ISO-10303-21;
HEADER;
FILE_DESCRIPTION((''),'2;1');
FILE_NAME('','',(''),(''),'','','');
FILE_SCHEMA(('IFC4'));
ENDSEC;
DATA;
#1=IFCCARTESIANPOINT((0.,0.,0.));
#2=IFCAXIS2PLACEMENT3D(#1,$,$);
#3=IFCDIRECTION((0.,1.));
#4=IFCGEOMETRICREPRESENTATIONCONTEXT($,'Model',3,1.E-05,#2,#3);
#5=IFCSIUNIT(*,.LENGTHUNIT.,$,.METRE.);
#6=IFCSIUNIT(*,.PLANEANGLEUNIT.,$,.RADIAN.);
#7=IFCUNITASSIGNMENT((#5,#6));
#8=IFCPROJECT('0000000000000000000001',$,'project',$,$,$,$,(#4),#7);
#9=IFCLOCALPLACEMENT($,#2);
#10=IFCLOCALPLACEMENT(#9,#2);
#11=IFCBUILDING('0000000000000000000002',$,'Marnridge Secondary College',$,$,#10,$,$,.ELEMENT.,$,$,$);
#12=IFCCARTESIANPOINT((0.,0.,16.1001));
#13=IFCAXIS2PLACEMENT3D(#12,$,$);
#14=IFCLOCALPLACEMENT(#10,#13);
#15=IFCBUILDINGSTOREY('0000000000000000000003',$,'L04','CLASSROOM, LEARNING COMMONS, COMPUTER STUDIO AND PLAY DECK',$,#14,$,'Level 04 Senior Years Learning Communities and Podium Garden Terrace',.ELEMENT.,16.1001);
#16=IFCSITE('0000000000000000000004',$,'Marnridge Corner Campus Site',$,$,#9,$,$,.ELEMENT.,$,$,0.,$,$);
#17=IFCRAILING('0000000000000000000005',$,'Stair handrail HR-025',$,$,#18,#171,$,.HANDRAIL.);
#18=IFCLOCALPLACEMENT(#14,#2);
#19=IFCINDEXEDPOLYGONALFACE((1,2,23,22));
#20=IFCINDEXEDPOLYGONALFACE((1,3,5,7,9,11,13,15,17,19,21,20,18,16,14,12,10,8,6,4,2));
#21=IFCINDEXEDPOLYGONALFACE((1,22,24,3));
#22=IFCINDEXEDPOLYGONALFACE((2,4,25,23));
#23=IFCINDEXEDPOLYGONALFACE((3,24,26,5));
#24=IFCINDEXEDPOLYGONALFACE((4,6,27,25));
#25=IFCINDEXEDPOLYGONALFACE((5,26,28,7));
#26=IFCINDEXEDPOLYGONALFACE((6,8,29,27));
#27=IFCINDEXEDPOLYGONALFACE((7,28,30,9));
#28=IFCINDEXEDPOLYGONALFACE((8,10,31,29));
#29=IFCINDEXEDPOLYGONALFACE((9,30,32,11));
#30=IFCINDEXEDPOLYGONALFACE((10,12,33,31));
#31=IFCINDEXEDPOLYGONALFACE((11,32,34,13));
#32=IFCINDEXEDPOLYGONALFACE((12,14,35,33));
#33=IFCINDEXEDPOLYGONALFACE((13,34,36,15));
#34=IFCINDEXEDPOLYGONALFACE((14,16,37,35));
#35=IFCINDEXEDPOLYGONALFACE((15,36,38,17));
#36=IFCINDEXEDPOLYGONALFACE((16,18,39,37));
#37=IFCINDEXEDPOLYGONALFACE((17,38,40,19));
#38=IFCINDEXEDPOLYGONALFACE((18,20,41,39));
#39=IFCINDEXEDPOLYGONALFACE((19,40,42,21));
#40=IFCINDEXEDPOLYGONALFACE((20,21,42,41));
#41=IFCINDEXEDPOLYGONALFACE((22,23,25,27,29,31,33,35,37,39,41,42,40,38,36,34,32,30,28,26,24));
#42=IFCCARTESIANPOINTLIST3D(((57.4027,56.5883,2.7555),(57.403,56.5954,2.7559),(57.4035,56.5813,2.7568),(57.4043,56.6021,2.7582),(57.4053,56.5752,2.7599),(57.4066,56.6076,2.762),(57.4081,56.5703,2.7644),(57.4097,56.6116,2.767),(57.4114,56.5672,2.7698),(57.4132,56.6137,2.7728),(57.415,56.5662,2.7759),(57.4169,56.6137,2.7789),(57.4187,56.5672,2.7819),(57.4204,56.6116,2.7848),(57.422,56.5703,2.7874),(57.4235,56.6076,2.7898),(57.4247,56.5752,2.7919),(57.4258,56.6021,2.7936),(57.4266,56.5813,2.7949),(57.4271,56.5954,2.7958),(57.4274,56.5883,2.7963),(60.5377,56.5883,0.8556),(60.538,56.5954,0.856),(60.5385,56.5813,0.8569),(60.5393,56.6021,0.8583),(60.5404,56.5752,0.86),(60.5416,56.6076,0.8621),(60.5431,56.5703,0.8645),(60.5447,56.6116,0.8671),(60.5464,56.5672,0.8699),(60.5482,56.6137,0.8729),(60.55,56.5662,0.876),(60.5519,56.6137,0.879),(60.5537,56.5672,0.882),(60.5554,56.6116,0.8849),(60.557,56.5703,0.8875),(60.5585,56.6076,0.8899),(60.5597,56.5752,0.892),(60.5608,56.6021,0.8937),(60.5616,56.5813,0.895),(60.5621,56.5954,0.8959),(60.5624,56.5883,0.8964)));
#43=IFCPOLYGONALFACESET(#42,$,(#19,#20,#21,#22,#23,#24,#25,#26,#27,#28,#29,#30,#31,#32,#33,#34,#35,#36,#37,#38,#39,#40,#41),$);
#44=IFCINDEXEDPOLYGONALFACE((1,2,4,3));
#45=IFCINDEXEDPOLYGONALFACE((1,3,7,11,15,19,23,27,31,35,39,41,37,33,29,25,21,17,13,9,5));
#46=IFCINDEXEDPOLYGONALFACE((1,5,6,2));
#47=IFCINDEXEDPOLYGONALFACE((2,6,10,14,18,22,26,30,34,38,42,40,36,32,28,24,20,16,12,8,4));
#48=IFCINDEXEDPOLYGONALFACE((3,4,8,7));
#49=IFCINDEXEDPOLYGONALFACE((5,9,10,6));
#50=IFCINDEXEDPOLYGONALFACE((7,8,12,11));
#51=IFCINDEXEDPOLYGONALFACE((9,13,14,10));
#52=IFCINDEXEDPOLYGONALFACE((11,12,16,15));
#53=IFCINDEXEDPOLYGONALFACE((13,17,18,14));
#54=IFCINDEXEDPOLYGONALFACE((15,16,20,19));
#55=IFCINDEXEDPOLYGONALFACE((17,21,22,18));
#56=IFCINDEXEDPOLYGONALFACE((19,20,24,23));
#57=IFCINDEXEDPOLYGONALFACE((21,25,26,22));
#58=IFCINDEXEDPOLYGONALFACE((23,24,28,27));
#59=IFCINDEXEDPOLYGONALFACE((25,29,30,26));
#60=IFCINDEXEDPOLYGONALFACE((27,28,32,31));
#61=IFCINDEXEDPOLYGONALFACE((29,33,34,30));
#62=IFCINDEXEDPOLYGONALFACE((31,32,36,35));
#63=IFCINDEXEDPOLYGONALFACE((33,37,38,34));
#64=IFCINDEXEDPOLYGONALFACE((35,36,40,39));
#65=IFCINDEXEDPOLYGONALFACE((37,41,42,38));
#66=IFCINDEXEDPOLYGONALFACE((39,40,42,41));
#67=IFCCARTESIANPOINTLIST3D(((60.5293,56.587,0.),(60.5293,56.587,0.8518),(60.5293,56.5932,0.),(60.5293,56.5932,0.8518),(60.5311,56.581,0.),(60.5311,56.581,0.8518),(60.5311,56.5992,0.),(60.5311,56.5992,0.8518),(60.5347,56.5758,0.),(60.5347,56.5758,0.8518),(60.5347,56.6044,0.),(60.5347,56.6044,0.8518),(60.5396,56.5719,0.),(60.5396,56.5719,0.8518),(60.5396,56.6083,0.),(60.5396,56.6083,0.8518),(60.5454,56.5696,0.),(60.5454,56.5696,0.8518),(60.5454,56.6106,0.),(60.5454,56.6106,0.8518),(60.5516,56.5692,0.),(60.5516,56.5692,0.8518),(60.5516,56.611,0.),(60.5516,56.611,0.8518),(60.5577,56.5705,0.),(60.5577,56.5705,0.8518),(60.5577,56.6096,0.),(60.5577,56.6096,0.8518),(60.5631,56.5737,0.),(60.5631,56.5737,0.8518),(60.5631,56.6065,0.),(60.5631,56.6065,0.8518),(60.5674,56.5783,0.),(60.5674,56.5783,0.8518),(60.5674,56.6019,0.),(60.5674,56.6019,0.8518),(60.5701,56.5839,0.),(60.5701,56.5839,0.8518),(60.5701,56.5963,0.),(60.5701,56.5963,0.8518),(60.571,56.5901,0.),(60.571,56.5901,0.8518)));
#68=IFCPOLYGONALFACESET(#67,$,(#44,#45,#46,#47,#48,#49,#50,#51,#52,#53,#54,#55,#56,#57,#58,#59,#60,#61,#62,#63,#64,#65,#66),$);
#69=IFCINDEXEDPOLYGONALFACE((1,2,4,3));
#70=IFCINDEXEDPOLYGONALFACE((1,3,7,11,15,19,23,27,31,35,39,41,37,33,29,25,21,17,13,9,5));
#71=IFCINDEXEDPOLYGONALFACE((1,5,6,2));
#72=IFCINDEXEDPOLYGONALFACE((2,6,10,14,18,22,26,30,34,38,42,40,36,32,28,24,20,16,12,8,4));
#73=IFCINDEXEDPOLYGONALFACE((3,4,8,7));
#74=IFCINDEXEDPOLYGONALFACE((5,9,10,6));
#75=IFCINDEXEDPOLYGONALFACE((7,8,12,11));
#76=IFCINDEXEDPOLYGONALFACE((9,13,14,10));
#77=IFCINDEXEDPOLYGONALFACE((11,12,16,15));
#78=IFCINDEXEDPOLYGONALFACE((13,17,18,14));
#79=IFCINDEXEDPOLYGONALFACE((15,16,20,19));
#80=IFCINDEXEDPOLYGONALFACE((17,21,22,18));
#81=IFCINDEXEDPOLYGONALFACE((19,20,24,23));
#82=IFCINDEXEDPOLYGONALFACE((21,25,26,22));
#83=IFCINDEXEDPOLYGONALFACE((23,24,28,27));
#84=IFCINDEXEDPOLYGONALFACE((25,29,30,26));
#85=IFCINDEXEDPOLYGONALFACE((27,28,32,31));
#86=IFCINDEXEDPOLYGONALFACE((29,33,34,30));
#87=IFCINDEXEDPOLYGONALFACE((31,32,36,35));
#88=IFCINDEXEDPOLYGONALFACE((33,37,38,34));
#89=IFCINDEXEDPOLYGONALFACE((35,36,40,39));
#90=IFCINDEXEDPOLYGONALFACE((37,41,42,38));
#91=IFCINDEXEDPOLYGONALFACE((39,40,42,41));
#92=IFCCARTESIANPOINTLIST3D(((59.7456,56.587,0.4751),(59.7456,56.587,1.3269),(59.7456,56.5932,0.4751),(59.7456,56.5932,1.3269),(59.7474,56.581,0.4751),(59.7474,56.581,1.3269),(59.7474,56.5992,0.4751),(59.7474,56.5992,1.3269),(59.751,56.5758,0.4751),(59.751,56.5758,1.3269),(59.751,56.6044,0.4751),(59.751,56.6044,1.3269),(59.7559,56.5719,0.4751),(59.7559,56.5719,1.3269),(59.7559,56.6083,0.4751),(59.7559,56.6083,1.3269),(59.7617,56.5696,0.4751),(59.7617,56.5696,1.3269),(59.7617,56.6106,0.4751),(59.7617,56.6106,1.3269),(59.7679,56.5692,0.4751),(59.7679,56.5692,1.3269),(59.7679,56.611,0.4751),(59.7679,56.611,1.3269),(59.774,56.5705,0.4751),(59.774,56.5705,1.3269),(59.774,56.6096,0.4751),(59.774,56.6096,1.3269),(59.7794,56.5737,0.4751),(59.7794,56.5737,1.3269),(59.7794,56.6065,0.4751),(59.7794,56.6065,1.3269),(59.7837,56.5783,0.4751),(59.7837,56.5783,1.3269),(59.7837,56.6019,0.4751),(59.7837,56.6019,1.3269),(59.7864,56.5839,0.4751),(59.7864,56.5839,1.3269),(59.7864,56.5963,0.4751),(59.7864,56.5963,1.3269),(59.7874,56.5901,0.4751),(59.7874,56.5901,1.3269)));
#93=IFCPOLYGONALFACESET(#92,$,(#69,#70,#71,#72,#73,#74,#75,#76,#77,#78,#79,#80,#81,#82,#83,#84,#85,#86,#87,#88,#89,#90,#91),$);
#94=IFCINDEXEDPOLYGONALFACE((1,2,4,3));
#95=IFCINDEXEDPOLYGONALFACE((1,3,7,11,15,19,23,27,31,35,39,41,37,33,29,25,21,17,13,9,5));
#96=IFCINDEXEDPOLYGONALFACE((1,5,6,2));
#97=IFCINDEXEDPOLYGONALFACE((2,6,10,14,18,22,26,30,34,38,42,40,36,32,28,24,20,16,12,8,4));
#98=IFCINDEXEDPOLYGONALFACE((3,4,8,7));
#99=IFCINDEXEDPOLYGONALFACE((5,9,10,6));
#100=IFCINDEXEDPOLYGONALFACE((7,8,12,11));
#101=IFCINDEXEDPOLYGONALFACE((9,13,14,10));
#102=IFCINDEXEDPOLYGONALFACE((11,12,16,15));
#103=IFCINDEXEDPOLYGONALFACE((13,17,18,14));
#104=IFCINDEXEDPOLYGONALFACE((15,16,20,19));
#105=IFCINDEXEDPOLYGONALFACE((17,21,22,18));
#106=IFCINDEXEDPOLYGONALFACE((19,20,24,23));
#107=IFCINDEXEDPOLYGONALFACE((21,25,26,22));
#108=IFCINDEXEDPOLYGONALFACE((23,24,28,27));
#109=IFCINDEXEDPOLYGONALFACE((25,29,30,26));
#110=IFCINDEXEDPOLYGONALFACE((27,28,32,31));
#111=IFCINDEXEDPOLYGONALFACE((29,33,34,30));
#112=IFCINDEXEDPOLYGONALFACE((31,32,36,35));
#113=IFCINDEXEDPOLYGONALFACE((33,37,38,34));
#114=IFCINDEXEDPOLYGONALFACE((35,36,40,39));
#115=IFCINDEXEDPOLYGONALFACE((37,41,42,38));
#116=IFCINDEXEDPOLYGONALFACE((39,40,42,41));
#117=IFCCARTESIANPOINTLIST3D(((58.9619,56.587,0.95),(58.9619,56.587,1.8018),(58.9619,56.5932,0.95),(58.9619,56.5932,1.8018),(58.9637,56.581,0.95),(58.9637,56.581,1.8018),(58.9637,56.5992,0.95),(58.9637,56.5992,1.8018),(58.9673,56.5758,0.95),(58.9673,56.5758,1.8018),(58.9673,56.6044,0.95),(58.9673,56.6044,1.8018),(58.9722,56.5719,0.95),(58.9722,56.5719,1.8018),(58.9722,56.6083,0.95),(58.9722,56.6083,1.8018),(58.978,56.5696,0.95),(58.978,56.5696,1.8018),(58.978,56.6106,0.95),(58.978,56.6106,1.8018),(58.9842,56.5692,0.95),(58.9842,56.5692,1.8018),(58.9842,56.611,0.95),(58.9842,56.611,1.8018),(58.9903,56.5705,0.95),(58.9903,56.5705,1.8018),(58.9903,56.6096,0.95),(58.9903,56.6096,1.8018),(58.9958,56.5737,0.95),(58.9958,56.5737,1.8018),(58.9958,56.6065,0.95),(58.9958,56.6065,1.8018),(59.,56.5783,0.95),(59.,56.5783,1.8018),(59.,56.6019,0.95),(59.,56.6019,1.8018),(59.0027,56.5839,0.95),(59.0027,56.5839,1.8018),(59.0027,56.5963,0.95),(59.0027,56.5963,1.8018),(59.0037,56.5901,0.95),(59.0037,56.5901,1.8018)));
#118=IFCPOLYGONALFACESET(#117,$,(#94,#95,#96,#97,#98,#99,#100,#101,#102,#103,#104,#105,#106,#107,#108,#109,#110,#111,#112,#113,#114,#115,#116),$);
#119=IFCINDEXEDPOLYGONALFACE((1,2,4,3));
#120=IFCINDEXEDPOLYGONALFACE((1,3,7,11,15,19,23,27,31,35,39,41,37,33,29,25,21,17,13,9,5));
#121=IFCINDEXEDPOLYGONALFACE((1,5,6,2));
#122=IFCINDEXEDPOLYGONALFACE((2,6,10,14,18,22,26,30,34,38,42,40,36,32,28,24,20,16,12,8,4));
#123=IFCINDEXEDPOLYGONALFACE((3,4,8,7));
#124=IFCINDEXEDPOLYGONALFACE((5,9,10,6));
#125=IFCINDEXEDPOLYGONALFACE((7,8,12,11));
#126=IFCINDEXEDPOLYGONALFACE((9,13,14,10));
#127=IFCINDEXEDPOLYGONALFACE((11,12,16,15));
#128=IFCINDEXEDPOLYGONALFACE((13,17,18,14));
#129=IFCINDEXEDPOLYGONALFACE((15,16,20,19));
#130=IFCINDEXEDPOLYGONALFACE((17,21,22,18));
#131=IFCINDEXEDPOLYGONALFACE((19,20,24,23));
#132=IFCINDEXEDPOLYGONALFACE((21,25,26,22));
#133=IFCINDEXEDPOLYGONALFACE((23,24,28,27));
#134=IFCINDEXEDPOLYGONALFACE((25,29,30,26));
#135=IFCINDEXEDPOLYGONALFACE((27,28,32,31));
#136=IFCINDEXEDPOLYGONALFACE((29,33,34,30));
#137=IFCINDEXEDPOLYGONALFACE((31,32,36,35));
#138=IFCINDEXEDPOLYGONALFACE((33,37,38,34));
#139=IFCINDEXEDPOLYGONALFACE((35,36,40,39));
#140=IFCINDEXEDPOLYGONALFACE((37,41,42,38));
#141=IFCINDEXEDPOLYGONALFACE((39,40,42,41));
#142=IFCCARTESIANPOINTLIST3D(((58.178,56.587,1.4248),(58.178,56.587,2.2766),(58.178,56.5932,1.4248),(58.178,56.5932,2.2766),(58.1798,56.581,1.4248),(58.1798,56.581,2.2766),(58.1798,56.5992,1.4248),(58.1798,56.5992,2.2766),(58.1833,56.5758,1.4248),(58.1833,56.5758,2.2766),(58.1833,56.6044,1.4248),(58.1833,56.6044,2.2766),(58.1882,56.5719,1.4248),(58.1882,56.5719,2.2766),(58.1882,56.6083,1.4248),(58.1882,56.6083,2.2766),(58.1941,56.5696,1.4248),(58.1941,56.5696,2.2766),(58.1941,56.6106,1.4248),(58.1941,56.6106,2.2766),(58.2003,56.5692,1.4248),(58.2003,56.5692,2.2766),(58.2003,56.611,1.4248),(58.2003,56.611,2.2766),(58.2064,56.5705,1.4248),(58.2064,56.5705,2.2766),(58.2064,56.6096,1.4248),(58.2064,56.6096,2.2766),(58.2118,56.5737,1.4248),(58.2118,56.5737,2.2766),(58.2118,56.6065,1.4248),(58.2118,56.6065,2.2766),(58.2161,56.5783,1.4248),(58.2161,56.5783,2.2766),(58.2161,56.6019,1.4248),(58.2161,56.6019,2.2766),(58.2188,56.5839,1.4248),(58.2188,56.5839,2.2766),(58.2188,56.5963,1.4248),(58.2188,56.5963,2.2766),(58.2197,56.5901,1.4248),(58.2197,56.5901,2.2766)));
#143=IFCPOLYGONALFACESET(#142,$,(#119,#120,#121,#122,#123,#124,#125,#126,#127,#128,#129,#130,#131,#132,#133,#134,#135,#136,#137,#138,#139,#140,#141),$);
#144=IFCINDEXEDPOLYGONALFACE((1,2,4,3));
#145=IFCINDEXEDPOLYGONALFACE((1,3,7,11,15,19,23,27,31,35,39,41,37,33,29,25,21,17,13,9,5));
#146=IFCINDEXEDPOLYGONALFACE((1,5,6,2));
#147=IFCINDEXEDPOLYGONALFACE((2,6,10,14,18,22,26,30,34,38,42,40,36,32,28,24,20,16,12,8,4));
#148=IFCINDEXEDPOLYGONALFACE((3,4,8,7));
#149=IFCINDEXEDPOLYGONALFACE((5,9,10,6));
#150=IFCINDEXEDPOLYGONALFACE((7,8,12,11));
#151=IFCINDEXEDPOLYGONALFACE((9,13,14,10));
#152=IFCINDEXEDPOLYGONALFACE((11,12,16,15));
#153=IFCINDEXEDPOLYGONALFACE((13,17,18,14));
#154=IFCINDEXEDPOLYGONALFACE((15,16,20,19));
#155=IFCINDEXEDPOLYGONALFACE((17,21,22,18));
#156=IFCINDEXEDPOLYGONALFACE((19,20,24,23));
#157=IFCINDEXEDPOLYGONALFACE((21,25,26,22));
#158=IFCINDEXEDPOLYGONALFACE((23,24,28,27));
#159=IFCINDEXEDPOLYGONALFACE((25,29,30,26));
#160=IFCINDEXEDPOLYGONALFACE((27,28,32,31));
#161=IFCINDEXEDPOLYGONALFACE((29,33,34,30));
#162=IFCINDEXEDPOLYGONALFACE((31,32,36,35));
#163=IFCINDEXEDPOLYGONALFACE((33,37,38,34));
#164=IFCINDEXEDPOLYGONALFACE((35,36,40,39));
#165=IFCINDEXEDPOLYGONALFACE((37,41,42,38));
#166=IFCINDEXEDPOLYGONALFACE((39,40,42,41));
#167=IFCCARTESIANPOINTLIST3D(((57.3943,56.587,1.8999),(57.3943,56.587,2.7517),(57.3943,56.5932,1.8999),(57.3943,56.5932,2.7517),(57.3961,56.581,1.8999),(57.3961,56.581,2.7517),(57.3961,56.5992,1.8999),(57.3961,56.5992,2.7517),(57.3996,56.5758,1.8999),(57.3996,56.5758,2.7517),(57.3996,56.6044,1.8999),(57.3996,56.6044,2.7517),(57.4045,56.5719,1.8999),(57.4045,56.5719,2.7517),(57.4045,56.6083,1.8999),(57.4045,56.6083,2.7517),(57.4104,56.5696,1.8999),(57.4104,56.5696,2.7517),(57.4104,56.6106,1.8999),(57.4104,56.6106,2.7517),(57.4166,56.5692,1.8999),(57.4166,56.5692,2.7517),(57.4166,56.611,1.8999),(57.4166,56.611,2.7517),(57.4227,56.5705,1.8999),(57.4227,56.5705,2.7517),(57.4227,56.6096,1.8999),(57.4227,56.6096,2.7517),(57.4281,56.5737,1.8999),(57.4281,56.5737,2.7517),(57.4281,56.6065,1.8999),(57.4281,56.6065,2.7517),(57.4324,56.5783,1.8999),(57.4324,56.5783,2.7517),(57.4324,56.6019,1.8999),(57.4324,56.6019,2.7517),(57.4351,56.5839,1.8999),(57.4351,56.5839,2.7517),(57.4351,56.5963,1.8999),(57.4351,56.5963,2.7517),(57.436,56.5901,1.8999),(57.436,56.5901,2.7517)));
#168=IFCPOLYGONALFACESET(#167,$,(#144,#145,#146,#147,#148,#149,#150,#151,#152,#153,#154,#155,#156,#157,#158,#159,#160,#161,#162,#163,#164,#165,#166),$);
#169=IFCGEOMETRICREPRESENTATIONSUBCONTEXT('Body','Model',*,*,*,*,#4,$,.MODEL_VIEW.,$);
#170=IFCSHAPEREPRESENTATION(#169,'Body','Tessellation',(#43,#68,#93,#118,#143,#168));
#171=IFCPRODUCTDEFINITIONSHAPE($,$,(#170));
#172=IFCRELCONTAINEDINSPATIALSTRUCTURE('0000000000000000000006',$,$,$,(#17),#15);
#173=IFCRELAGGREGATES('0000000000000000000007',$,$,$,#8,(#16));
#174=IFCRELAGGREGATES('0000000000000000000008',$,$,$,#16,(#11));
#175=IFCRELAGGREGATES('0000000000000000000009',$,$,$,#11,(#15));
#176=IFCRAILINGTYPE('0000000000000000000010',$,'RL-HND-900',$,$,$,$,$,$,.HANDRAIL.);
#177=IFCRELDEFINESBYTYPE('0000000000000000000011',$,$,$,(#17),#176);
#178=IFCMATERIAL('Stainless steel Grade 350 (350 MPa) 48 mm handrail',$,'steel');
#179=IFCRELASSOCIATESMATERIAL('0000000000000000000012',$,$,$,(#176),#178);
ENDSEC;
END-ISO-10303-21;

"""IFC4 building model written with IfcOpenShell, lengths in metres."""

from ifc_helpers import new_model, si_unit, direction, frame, origin, origin_2d, place, context, subcontext, project, spatial, circle, extrude, material, type_object, element, save


model = new_model("IFC4")

# Units and contexts
model_context = context("Model", 3, precision=1e-05, world=origin(), true_north=direction((0.0, 1.0)))
body_context = subcontext(model_context, "Body", "Model", "MODEL_VIEW")
ifc_project = project(units=[si_unit("LENGTHUNIT", "METRE"), si_unit("PLANEANGLEUNIT", "RADIAN")], contexts=[model_context])

# Site, building, storey
site_placement = place(None, origin())
site = spatial("IfcSite", under=ifc_project, at=site_placement, Name="Marnridge Corner Campus Site", CompositionType="ELEMENT", RefElevation=0.0)
building_placement = place(site_placement, origin())
building = spatial("IfcBuilding", under=site, at=building_placement, Name="Marnridge Secondary College", CompositionType="ELEMENT")
storey_placement = place(building_placement, frame((0.0, 0.0, 16.1001)))
storey = spatial("IfcBuildingStorey", under=building, at=storey_placement, Name="L04", Description="CLASSROOM, LEARNING COMMONS, COMPUTER STUDIO AND PLAY DECK", LongName="Level 04 Senior Years Learning Communities and Podium Garden Terrace", CompositionType="ELEMENT", Elevation=16.1001)

# Railing
ifc_material_1 = material(Name="Stainless steel Grade 350 (350 MPa) 48 mm handrail", Category="steel")
railing_type_1 = type_object("IfcRailingType", Name="RL-HND-900", PredefinedType="HANDRAIL", material=ifc_material_1)
for number, where, name in (
    (1, (60.55, 56.5901, 0.0), "Stair handrail HR-025"),
):
    element("IfcRailing", number, at=place(storey_placement, frame(where)), inside=storey, type_object=railing_type_1, Name=name, PredefinedType="HANDRAIL", context=body_context, shape_type="SweptSolid", body=[
        extrude(circle(Radius=0.0239, at=origin_2d()), frame((0.0, 0.0, 0.876), z_axis=(-0.85521, 0.0, 0.518281), x_axis=(0.0, -1.0, 0.0)), (0.0, 0.0, 1.0), 3.6658),
        extrude(circle(Radius=0.021, at=origin_2d()), origin(), (0.0, 0.0, 1.0), 0.8518),
        extrude(circle(Radius=0.021, at=origin_2d()), frame((-0.7837, 0.0, 0.4751)), (0.0, 0.0, 1.0), 0.8518),
        extrude(circle(Radius=0.021, at=origin_2d()), frame((-1.5674, 0.0, 0.95)), (0.0, 0.0, 1.0), 0.8518),
        extrude(circle(Radius=0.021, at=origin_2d()), frame((-2.3513, 0.0, 1.4248)), (0.0, 0.0, 1.0), 0.8518),
        extrude(circle(Radius=0.021, at=origin_2d()), frame((-3.135, 0.0, 1.8999)), (0.0, 0.0, 1.0), 0.8518),
    ])

save(model, "model.ifc")
